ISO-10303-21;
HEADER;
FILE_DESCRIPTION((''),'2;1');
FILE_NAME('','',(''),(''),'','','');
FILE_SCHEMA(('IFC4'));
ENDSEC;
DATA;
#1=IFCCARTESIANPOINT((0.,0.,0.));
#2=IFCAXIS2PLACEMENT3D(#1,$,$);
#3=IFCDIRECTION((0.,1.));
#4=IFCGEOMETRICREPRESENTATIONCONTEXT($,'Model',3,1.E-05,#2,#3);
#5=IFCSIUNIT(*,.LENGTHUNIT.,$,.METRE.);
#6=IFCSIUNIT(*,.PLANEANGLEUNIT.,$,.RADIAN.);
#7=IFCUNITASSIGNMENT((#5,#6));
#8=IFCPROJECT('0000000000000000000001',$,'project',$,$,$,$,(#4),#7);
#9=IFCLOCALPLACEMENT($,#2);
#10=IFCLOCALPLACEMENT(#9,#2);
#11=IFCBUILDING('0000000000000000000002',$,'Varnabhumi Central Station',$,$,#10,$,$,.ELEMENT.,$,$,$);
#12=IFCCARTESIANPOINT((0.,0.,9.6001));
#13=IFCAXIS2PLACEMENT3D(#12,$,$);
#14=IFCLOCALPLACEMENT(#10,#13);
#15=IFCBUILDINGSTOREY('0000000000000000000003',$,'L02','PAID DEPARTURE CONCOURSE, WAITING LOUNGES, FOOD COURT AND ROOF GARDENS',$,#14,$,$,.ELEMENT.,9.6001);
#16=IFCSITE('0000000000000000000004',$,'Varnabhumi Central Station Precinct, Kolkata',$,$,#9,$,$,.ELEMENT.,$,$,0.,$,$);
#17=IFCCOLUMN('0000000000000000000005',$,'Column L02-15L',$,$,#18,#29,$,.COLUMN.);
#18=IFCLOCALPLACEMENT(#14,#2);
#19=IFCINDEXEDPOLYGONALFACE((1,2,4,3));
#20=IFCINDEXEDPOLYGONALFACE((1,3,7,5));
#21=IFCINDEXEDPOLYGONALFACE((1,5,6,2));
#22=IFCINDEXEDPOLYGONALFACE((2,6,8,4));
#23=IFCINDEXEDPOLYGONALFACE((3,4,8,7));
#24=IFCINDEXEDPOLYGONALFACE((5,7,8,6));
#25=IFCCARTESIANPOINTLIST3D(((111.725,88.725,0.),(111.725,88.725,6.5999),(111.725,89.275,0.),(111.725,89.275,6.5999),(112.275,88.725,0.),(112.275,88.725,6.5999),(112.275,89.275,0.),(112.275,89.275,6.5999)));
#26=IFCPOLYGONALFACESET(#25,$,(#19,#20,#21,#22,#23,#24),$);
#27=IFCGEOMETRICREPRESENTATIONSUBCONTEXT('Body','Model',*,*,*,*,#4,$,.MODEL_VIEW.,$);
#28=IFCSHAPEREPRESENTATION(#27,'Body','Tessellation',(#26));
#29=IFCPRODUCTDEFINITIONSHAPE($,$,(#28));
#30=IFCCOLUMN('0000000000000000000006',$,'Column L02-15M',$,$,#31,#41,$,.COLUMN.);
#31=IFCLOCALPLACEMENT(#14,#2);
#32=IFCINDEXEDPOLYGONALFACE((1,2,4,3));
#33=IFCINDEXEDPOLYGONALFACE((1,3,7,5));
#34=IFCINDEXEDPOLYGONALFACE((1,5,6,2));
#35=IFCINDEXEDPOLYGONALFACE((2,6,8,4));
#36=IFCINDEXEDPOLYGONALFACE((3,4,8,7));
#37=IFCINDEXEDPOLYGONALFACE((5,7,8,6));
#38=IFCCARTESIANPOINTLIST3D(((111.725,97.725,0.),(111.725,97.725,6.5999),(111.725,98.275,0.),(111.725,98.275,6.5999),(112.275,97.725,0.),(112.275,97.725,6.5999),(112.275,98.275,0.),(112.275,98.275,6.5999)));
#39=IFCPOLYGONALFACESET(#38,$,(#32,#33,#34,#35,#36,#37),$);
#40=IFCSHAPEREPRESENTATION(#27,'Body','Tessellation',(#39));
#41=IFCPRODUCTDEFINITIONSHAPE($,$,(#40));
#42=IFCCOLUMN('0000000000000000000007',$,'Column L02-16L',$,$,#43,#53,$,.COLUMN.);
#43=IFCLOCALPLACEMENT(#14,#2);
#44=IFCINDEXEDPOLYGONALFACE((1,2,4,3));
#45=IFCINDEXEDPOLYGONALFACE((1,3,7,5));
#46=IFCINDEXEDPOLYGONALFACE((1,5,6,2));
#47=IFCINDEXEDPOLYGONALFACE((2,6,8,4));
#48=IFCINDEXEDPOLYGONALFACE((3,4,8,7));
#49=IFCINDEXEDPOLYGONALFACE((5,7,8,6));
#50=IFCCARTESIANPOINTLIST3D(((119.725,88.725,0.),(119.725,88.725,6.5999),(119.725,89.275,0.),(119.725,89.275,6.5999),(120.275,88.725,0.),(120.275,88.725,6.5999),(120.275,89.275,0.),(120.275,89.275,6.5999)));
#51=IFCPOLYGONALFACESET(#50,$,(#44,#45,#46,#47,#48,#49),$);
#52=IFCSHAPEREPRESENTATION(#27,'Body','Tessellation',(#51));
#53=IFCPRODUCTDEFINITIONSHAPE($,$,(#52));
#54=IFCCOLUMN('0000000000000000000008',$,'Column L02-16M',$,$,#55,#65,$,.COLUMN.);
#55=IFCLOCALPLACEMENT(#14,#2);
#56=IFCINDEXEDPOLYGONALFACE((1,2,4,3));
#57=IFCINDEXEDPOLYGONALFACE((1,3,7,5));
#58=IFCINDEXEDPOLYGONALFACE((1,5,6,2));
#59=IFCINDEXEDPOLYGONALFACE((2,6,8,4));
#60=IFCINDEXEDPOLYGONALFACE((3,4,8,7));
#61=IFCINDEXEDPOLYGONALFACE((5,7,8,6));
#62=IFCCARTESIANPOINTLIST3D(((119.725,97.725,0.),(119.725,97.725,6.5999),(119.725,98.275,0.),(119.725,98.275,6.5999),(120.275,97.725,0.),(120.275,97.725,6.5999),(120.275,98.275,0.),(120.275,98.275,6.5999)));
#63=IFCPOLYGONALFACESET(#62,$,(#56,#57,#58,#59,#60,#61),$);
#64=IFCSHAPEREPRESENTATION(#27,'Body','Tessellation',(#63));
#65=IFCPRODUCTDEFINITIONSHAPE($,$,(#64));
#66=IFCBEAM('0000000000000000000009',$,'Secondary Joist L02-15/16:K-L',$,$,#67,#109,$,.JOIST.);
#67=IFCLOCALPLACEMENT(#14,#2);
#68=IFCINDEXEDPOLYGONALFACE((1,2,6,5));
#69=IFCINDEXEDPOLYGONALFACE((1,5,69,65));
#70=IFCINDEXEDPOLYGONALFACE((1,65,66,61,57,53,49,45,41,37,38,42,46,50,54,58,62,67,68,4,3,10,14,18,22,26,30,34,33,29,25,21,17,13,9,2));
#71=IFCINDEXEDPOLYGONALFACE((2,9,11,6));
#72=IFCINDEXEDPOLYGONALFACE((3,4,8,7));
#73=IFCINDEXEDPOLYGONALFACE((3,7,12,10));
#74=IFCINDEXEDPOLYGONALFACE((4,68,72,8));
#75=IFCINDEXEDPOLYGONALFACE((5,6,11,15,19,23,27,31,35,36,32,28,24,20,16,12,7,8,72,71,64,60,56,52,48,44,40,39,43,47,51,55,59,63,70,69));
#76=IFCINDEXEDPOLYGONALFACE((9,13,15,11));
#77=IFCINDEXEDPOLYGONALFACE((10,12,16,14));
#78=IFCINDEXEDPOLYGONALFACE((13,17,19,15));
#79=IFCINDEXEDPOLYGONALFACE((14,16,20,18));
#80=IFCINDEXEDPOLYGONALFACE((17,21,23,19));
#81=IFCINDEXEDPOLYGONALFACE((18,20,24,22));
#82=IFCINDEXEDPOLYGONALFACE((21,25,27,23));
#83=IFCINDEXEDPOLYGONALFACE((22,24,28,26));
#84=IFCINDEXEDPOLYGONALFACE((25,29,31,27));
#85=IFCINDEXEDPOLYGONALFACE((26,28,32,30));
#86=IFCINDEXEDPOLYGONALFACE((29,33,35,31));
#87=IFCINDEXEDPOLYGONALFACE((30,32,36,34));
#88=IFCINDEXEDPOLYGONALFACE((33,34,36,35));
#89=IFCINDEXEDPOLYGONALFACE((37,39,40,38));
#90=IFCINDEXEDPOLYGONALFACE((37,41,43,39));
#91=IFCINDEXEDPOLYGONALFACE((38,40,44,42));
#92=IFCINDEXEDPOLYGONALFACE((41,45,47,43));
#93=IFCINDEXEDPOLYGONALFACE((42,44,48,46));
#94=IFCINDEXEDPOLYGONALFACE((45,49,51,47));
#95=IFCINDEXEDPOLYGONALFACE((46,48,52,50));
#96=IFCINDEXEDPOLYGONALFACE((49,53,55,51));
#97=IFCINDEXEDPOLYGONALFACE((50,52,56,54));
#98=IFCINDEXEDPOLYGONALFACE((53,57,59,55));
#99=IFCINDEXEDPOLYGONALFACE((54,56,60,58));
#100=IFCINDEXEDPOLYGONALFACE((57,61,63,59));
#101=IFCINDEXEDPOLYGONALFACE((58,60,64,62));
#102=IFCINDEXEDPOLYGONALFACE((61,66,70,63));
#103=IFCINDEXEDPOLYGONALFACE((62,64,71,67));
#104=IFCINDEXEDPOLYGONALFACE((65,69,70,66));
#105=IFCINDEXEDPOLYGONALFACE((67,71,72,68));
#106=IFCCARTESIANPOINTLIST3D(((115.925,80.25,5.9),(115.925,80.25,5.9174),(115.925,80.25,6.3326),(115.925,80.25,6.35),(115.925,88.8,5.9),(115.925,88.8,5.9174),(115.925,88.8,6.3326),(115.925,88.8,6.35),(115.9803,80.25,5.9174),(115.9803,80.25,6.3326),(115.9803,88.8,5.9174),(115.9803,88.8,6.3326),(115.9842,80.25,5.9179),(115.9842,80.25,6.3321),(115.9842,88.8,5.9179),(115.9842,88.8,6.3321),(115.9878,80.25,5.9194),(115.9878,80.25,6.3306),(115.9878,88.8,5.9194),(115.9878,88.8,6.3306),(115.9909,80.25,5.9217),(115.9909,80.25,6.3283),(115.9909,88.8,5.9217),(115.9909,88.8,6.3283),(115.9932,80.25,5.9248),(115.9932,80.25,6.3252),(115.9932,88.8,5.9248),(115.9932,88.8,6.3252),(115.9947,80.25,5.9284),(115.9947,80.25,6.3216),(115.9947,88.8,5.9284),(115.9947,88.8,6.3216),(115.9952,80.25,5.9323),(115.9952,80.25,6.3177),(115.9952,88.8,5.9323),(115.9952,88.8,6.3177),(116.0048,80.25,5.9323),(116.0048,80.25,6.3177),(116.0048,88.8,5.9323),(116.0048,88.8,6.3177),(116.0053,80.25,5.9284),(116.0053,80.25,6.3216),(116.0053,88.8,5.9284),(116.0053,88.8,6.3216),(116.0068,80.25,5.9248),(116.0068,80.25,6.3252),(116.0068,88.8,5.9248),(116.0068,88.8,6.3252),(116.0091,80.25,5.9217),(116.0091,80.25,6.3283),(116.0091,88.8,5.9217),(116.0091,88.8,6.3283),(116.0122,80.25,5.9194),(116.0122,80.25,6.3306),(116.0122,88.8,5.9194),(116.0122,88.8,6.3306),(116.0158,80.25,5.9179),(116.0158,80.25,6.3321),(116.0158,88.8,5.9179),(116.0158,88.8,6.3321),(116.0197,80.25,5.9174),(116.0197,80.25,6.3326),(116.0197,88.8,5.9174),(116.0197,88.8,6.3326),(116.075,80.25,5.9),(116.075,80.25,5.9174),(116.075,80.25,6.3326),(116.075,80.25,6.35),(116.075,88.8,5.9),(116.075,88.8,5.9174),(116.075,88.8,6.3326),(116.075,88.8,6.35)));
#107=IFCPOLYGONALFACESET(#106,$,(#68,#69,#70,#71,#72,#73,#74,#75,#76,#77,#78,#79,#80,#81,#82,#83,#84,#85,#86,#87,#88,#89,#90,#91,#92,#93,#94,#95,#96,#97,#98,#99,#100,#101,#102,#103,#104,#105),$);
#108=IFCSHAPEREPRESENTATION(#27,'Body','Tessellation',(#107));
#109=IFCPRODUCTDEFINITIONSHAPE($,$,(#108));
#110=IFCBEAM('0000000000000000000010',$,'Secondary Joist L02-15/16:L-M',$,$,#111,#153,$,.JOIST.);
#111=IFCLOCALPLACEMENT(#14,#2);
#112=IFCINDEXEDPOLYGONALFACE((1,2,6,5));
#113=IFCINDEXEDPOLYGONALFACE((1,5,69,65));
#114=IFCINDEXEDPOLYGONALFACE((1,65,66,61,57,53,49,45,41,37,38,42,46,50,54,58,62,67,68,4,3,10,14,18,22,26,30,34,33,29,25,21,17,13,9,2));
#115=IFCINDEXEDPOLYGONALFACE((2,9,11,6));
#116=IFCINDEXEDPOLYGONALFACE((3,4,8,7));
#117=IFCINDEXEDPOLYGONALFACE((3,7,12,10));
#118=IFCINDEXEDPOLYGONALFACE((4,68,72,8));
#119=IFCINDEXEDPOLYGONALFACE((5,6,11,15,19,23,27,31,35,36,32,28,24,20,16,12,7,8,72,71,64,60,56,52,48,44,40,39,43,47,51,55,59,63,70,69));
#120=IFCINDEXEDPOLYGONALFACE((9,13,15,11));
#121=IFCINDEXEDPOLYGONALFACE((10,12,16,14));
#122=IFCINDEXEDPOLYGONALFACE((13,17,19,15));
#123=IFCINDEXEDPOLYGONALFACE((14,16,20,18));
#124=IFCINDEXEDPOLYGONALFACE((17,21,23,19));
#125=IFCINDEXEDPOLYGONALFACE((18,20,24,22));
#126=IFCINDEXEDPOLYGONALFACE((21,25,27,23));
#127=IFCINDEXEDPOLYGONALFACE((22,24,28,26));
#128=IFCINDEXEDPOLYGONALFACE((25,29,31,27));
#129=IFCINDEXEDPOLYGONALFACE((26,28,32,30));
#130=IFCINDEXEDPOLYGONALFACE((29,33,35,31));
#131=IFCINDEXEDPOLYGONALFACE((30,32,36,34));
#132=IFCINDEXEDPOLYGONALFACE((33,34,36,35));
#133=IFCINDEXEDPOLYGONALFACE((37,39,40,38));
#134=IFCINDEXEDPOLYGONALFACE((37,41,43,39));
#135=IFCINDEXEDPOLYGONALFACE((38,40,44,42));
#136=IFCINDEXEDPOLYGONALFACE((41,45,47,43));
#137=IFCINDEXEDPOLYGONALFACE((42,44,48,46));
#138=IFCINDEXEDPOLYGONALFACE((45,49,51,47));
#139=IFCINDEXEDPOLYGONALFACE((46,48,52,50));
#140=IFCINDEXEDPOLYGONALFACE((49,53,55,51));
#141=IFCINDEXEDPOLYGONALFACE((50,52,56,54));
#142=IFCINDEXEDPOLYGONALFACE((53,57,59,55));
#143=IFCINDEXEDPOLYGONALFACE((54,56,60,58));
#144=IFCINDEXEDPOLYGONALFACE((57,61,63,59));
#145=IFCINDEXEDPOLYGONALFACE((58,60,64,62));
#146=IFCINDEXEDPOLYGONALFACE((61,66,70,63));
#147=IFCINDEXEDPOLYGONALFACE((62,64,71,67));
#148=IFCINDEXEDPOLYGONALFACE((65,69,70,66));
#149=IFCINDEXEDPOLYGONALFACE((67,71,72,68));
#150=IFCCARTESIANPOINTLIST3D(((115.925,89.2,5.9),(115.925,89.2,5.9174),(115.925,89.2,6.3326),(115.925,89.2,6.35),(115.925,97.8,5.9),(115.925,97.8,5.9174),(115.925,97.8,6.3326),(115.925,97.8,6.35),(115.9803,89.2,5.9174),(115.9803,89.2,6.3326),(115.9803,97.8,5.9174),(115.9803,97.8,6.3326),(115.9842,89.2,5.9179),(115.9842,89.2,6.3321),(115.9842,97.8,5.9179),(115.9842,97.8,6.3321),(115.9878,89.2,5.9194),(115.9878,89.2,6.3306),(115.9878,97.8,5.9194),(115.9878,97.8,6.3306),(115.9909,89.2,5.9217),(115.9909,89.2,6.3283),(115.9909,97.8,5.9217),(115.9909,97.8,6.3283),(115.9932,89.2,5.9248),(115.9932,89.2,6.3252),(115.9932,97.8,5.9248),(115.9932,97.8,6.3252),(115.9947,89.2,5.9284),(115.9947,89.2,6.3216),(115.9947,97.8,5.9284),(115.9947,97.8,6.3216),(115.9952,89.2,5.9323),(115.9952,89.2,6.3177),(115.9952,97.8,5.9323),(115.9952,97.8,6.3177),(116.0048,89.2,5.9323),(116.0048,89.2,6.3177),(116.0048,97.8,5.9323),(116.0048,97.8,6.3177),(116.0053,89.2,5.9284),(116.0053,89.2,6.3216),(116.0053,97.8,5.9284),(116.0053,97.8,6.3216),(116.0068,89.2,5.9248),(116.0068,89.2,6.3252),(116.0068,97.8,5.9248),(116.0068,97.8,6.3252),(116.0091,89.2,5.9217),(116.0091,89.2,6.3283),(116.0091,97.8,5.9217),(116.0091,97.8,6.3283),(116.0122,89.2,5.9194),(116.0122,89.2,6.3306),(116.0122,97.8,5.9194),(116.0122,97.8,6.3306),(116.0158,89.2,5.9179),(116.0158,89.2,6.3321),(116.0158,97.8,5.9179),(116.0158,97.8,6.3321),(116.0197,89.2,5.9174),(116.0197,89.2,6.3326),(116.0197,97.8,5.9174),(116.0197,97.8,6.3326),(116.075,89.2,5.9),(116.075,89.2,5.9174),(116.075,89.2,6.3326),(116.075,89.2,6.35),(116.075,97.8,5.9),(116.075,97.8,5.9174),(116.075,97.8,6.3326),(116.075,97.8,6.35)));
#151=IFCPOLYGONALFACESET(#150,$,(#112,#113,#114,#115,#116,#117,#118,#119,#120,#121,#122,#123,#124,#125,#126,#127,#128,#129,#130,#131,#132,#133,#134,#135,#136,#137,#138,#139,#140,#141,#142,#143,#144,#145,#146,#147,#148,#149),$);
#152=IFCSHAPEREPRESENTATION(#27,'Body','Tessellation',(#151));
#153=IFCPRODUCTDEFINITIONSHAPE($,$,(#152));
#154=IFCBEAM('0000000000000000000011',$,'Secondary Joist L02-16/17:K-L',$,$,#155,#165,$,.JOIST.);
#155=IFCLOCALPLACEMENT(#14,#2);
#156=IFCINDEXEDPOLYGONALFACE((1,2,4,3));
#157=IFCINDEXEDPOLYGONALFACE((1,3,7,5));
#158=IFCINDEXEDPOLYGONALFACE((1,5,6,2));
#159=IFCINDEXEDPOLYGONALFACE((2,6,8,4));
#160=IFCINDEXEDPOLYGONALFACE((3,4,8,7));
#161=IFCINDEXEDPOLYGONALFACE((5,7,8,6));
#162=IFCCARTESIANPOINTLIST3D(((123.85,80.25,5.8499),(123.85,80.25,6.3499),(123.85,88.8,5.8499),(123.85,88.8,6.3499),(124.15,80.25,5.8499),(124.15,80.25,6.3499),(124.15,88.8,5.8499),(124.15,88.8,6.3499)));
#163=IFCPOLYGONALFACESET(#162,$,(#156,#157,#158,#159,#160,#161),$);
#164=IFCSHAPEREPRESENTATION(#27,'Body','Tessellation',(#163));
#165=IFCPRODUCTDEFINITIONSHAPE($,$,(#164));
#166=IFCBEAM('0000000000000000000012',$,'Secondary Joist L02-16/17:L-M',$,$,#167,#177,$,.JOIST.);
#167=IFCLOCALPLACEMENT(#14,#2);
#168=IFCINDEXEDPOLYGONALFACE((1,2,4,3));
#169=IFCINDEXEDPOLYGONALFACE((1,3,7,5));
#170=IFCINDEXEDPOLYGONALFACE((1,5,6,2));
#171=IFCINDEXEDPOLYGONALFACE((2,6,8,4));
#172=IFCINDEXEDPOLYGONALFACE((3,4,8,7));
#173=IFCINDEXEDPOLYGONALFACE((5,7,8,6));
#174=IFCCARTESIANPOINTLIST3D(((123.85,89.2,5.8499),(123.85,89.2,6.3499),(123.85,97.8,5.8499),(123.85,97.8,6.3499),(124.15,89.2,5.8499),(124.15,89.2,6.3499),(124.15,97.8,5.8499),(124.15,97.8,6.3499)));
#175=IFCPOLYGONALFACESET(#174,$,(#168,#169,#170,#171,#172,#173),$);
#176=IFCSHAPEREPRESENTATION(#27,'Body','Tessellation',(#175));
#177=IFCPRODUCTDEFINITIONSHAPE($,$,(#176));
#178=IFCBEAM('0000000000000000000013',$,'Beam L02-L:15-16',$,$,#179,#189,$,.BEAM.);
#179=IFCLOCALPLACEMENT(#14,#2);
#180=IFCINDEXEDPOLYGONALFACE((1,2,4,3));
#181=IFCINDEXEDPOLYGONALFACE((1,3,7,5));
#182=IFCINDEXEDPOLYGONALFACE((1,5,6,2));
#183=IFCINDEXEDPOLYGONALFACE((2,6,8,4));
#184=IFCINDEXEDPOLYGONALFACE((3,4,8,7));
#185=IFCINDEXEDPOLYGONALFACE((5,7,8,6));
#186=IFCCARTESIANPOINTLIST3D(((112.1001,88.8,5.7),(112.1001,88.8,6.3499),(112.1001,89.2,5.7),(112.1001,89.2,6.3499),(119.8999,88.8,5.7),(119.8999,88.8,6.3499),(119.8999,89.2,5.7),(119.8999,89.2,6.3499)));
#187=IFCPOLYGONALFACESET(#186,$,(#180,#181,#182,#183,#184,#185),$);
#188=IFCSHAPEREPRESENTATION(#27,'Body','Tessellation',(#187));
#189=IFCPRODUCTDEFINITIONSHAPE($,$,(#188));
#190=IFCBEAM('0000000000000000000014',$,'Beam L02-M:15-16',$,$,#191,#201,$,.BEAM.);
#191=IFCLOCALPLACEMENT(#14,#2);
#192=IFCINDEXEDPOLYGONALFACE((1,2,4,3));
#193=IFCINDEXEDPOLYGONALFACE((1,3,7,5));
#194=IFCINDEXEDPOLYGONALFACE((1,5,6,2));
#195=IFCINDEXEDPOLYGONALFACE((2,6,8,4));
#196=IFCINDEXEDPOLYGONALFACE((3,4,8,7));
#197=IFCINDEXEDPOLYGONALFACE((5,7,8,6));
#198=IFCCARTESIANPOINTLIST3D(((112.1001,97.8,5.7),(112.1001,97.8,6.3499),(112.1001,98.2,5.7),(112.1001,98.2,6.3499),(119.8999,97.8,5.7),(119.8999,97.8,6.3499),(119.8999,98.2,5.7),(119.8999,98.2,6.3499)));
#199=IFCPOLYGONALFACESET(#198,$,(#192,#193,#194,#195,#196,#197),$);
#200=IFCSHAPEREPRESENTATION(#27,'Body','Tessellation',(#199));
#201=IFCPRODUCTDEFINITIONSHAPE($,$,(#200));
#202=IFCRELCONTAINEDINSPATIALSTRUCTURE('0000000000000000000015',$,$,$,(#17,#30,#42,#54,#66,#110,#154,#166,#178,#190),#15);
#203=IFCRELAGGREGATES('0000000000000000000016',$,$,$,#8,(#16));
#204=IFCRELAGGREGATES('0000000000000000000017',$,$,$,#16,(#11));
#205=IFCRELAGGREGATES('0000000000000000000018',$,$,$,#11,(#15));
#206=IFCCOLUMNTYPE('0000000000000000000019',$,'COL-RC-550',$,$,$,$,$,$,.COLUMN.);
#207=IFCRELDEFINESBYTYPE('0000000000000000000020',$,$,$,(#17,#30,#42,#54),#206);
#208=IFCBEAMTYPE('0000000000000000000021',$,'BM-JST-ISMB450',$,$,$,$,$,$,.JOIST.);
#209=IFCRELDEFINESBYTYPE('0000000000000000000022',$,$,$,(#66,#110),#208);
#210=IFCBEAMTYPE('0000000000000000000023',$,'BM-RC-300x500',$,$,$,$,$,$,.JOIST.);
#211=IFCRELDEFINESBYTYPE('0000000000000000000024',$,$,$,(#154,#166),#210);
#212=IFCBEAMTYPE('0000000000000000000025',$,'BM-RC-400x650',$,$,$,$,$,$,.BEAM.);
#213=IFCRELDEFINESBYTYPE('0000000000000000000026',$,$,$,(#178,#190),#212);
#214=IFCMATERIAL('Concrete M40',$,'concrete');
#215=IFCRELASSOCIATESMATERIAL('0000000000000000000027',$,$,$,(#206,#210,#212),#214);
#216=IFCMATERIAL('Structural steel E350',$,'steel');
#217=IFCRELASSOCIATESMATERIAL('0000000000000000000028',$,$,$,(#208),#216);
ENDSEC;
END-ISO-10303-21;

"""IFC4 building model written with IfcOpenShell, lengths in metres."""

from ifc_helpers import new_model, si_unit, direction, frame, origin, origin_2d, place, context, subcontext, project, spatial, rectangle, i_section, extrude, material, material_profile, profile_set, type_object, element, save


model = new_model("IFC4")

# Units and contexts
model_context = context("Model", 3, precision=1e-05, world=origin(), true_north=direction((0.0, 1.0)))
body_context = subcontext(model_context, "Body", "Model", "MODEL_VIEW")
ifc_project = project(units=[si_unit("LENGTHUNIT", "METRE"), si_unit("PLANEANGLEUNIT", "RADIAN")], contexts=[model_context])

# Site, building, storey
site_placement = place(None, origin())
site = spatial("IfcSite", under=ifc_project, at=site_placement, Name="Varnabhumi Central Station Precinct, Kolkata", CompositionType="ELEMENT", RefElevation=0.0)
building_placement = place(site_placement, origin())
building = spatial("IfcBuilding", under=site, at=building_placement, Name="Varnabhumi Central Station", CompositionType="ELEMENT")
storey_placement = place(building_placement, frame((0.0, 0.0, 9.6001)))
storey = spatial("IfcBuildingStorey", under=building, at=storey_placement, Name="L02", Description="PAID DEPARTURE CONCOURSE, WAITING LOUNGES, FOOD COURT AND ROOF GARDENS", CompositionType="ELEMENT", Elevation=9.6001)

# Columns
ifc_material_1 = material(Name="Concrete M40", Category="concrete")
ifc_material_profile_1 = material_profile(ifc_material_1, rectangle(XDim=0.55, YDim=0.55, at=origin_2d()), Name="Concrete M40", Category="concrete")
ifc_profile_set_1 = profile_set([ifc_material_profile_1], Name="Concrete M40")
column_type = type_object("IfcColumnType", Name="COL-RC-550", PredefinedType="COLUMN", material=ifc_profile_set_1)
for number, where, z_axis, x_axis, name in (
    (1, (112.0, 89.0, 0.0), (0.0, 0.0, 1.0), (1.0, 0.0, 0.0), "Column L02-15L"),
    (2, (112.0, 98.0, 0.0), (0.0, 0.0, 1.0), (1.0, 0.0, 0.0), "Column L02-15M"),
    (3, (120.0, 89.0, 0.0), (0.0, 0.0, 1.0), (1.0, 0.0, 0.0), "Column L02-16L"),
    (4, (120.0, 98.0, 0.0), (0.0, 0.0, 1.0), (1.0, 0.0, 0.0), "Column L02-16M"),
):
    element("IfcColumn", number, at=place(storey_placement, frame(where, z_axis=z_axis, x_axis=x_axis)), inside=storey, type_object=column_type, Name=name, PredefinedType="COLUMN", context=body_context, shape_type="SweptSolid", body=[
        extrude(rectangle(XDim=0.55, YDim=0.55, at=origin_2d()), origin(), (0.0, 0.0, 1.0), 6.5999),
    ])

# Beams
ifc_material_2 = material(Name="Structural steel E350", Category="steel")
ifc_material_profile_2 = material_profile(ifc_material_2, i_section(OverallWidth=0.1499, OverallDepth=0.45, WebThickness=0.0095, FlangeThickness=0.0173, FilletRadius=0.0149, at=origin_2d()), Name="Structural steel E350", Category="steel")
ifc_profile_set_2 = profile_set([ifc_material_profile_2], Name="Structural steel E350")
beam_type_1 = type_object("IfcBeamType", Name="BM-JST-ISMB450", PredefinedType="JOIST", material=ifc_profile_set_2)
beam_1_placement = place(storey_placement, frame((116.0, 80.25, 6.125), z_axis=(0.0, 1.0, 0.0), x_axis=(-1.0, 0.0, 0.0)))
element("IfcBeam", 5, at=beam_1_placement, inside=storey, type_object=beam_type_1, Name="Secondary Joist L02-15/16:K-L", PredefinedType="JOIST", context=body_context, shape_type="SweptSolid", body=[
    extrude(i_section(OverallWidth=0.1499, OverallDepth=0.45, WebThickness=0.0095, FlangeThickness=0.0173, FilletRadius=0.0149, at=origin_2d()), origin(), (0.0, 0.0, 1.0), 8.55),
])
beam_2_placement = place(storey_placement, frame((116.0, 89.2, 6.125), z_axis=(0.0, 1.0, 0.0), x_axis=(-1.0, 0.0, 0.0)))
element("IfcBeam", 6, at=beam_2_placement, inside=storey, type_object=beam_type_1, Name="Secondary Joist L02-15/16:L-M", PredefinedType="JOIST", context=body_context, shape_type="SweptSolid", body=[
    extrude(i_section(OverallWidth=0.1499, OverallDepth=0.45, WebThickness=0.0095, FlangeThickness=0.0173, FilletRadius=0.0149, at=origin_2d()), origin(), (0.0, 0.0, 1.0), 8.6001),
])
ifc_material_profile_3 = material_profile(ifc_material_1, rectangle(XDim=0.3, YDim=0.5, at=origin_2d()), Name="Concrete M40", Category="concrete")
ifc_profile_set_3 = profile_set([ifc_material_profile_3], Name="Concrete M40")
beam_type_2 = type_object("IfcBeamType", Name="BM-RC-300x500", PredefinedType="JOIST", material=ifc_profile_set_3)
beam_3_placement = place(storey_placement, frame((124.0, 80.25, 6.0999), z_axis=(0.0, 1.0, 0.0), x_axis=(-1.0, 0.0, 0.0)))
element("IfcBeam", 7, at=beam_3_placement, inside=storey, type_object=beam_type_2, Name="Secondary Joist L02-16/17:K-L", PredefinedType="JOIST", context=body_context, shape_type="SweptSolid", body=[
    extrude(rectangle(XDim=0.3, YDim=0.5, at=origin_2d()), origin(), (0.0, 0.0, 1.0), 8.55),
])
beam_4_placement = place(storey_placement, frame((124.0, 89.2, 6.0999), z_axis=(0.0, 1.0, 0.0), x_axis=(-1.0, 0.0, 0.0)))
element("IfcBeam", 8, at=beam_4_placement, inside=storey, type_object=beam_type_2, Name="Secondary Joist L02-16/17:L-M", PredefinedType="JOIST", context=body_context, shape_type="SweptSolid", body=[
    extrude(rectangle(XDim=0.3, YDim=0.5, at=origin_2d()), origin(), (0.0, 0.0, 1.0), 8.6001),
])
ifc_material_profile_4 = material_profile(ifc_material_1, rectangle(XDim=0.3999, YDim=0.6499, at=origin_2d()), Name="Concrete M40", Category="concrete")
ifc_profile_set_4 = profile_set([ifc_material_profile_4], Name="Concrete M40")
beam_type_3 = type_object("IfcBeamType", Name="BM-RC-400x650", PredefinedType="BEAM", material=ifc_profile_set_4)
for number, where, z_axis, x_axis, name in (
    (9, (112.1001, 89.0, 6.0249), (1.0, 0.0, 0.0), (0.0, 1.0, 0.0), "Beam L02-L:15-16"),
    (10, (112.1001, 98.0, 6.0249), (1.0, 0.0, 0.0), (0.0, 1.0, 0.0), "Beam L02-M:15-16"),
):
    element("IfcBeam", number, at=place(storey_placement, frame(where, z_axis=z_axis, x_axis=x_axis)), inside=storey, type_object=beam_type_3, Name=name, PredefinedType="BEAM", context=body_context, shape_type="SweptSolid", body=[
        extrude(rectangle(XDim=0.3999, YDim=0.6499, at=origin_2d()), origin(), (0.0, 0.0, 1.0), 7.7998),
    ])

save(model, "model.ifc")
